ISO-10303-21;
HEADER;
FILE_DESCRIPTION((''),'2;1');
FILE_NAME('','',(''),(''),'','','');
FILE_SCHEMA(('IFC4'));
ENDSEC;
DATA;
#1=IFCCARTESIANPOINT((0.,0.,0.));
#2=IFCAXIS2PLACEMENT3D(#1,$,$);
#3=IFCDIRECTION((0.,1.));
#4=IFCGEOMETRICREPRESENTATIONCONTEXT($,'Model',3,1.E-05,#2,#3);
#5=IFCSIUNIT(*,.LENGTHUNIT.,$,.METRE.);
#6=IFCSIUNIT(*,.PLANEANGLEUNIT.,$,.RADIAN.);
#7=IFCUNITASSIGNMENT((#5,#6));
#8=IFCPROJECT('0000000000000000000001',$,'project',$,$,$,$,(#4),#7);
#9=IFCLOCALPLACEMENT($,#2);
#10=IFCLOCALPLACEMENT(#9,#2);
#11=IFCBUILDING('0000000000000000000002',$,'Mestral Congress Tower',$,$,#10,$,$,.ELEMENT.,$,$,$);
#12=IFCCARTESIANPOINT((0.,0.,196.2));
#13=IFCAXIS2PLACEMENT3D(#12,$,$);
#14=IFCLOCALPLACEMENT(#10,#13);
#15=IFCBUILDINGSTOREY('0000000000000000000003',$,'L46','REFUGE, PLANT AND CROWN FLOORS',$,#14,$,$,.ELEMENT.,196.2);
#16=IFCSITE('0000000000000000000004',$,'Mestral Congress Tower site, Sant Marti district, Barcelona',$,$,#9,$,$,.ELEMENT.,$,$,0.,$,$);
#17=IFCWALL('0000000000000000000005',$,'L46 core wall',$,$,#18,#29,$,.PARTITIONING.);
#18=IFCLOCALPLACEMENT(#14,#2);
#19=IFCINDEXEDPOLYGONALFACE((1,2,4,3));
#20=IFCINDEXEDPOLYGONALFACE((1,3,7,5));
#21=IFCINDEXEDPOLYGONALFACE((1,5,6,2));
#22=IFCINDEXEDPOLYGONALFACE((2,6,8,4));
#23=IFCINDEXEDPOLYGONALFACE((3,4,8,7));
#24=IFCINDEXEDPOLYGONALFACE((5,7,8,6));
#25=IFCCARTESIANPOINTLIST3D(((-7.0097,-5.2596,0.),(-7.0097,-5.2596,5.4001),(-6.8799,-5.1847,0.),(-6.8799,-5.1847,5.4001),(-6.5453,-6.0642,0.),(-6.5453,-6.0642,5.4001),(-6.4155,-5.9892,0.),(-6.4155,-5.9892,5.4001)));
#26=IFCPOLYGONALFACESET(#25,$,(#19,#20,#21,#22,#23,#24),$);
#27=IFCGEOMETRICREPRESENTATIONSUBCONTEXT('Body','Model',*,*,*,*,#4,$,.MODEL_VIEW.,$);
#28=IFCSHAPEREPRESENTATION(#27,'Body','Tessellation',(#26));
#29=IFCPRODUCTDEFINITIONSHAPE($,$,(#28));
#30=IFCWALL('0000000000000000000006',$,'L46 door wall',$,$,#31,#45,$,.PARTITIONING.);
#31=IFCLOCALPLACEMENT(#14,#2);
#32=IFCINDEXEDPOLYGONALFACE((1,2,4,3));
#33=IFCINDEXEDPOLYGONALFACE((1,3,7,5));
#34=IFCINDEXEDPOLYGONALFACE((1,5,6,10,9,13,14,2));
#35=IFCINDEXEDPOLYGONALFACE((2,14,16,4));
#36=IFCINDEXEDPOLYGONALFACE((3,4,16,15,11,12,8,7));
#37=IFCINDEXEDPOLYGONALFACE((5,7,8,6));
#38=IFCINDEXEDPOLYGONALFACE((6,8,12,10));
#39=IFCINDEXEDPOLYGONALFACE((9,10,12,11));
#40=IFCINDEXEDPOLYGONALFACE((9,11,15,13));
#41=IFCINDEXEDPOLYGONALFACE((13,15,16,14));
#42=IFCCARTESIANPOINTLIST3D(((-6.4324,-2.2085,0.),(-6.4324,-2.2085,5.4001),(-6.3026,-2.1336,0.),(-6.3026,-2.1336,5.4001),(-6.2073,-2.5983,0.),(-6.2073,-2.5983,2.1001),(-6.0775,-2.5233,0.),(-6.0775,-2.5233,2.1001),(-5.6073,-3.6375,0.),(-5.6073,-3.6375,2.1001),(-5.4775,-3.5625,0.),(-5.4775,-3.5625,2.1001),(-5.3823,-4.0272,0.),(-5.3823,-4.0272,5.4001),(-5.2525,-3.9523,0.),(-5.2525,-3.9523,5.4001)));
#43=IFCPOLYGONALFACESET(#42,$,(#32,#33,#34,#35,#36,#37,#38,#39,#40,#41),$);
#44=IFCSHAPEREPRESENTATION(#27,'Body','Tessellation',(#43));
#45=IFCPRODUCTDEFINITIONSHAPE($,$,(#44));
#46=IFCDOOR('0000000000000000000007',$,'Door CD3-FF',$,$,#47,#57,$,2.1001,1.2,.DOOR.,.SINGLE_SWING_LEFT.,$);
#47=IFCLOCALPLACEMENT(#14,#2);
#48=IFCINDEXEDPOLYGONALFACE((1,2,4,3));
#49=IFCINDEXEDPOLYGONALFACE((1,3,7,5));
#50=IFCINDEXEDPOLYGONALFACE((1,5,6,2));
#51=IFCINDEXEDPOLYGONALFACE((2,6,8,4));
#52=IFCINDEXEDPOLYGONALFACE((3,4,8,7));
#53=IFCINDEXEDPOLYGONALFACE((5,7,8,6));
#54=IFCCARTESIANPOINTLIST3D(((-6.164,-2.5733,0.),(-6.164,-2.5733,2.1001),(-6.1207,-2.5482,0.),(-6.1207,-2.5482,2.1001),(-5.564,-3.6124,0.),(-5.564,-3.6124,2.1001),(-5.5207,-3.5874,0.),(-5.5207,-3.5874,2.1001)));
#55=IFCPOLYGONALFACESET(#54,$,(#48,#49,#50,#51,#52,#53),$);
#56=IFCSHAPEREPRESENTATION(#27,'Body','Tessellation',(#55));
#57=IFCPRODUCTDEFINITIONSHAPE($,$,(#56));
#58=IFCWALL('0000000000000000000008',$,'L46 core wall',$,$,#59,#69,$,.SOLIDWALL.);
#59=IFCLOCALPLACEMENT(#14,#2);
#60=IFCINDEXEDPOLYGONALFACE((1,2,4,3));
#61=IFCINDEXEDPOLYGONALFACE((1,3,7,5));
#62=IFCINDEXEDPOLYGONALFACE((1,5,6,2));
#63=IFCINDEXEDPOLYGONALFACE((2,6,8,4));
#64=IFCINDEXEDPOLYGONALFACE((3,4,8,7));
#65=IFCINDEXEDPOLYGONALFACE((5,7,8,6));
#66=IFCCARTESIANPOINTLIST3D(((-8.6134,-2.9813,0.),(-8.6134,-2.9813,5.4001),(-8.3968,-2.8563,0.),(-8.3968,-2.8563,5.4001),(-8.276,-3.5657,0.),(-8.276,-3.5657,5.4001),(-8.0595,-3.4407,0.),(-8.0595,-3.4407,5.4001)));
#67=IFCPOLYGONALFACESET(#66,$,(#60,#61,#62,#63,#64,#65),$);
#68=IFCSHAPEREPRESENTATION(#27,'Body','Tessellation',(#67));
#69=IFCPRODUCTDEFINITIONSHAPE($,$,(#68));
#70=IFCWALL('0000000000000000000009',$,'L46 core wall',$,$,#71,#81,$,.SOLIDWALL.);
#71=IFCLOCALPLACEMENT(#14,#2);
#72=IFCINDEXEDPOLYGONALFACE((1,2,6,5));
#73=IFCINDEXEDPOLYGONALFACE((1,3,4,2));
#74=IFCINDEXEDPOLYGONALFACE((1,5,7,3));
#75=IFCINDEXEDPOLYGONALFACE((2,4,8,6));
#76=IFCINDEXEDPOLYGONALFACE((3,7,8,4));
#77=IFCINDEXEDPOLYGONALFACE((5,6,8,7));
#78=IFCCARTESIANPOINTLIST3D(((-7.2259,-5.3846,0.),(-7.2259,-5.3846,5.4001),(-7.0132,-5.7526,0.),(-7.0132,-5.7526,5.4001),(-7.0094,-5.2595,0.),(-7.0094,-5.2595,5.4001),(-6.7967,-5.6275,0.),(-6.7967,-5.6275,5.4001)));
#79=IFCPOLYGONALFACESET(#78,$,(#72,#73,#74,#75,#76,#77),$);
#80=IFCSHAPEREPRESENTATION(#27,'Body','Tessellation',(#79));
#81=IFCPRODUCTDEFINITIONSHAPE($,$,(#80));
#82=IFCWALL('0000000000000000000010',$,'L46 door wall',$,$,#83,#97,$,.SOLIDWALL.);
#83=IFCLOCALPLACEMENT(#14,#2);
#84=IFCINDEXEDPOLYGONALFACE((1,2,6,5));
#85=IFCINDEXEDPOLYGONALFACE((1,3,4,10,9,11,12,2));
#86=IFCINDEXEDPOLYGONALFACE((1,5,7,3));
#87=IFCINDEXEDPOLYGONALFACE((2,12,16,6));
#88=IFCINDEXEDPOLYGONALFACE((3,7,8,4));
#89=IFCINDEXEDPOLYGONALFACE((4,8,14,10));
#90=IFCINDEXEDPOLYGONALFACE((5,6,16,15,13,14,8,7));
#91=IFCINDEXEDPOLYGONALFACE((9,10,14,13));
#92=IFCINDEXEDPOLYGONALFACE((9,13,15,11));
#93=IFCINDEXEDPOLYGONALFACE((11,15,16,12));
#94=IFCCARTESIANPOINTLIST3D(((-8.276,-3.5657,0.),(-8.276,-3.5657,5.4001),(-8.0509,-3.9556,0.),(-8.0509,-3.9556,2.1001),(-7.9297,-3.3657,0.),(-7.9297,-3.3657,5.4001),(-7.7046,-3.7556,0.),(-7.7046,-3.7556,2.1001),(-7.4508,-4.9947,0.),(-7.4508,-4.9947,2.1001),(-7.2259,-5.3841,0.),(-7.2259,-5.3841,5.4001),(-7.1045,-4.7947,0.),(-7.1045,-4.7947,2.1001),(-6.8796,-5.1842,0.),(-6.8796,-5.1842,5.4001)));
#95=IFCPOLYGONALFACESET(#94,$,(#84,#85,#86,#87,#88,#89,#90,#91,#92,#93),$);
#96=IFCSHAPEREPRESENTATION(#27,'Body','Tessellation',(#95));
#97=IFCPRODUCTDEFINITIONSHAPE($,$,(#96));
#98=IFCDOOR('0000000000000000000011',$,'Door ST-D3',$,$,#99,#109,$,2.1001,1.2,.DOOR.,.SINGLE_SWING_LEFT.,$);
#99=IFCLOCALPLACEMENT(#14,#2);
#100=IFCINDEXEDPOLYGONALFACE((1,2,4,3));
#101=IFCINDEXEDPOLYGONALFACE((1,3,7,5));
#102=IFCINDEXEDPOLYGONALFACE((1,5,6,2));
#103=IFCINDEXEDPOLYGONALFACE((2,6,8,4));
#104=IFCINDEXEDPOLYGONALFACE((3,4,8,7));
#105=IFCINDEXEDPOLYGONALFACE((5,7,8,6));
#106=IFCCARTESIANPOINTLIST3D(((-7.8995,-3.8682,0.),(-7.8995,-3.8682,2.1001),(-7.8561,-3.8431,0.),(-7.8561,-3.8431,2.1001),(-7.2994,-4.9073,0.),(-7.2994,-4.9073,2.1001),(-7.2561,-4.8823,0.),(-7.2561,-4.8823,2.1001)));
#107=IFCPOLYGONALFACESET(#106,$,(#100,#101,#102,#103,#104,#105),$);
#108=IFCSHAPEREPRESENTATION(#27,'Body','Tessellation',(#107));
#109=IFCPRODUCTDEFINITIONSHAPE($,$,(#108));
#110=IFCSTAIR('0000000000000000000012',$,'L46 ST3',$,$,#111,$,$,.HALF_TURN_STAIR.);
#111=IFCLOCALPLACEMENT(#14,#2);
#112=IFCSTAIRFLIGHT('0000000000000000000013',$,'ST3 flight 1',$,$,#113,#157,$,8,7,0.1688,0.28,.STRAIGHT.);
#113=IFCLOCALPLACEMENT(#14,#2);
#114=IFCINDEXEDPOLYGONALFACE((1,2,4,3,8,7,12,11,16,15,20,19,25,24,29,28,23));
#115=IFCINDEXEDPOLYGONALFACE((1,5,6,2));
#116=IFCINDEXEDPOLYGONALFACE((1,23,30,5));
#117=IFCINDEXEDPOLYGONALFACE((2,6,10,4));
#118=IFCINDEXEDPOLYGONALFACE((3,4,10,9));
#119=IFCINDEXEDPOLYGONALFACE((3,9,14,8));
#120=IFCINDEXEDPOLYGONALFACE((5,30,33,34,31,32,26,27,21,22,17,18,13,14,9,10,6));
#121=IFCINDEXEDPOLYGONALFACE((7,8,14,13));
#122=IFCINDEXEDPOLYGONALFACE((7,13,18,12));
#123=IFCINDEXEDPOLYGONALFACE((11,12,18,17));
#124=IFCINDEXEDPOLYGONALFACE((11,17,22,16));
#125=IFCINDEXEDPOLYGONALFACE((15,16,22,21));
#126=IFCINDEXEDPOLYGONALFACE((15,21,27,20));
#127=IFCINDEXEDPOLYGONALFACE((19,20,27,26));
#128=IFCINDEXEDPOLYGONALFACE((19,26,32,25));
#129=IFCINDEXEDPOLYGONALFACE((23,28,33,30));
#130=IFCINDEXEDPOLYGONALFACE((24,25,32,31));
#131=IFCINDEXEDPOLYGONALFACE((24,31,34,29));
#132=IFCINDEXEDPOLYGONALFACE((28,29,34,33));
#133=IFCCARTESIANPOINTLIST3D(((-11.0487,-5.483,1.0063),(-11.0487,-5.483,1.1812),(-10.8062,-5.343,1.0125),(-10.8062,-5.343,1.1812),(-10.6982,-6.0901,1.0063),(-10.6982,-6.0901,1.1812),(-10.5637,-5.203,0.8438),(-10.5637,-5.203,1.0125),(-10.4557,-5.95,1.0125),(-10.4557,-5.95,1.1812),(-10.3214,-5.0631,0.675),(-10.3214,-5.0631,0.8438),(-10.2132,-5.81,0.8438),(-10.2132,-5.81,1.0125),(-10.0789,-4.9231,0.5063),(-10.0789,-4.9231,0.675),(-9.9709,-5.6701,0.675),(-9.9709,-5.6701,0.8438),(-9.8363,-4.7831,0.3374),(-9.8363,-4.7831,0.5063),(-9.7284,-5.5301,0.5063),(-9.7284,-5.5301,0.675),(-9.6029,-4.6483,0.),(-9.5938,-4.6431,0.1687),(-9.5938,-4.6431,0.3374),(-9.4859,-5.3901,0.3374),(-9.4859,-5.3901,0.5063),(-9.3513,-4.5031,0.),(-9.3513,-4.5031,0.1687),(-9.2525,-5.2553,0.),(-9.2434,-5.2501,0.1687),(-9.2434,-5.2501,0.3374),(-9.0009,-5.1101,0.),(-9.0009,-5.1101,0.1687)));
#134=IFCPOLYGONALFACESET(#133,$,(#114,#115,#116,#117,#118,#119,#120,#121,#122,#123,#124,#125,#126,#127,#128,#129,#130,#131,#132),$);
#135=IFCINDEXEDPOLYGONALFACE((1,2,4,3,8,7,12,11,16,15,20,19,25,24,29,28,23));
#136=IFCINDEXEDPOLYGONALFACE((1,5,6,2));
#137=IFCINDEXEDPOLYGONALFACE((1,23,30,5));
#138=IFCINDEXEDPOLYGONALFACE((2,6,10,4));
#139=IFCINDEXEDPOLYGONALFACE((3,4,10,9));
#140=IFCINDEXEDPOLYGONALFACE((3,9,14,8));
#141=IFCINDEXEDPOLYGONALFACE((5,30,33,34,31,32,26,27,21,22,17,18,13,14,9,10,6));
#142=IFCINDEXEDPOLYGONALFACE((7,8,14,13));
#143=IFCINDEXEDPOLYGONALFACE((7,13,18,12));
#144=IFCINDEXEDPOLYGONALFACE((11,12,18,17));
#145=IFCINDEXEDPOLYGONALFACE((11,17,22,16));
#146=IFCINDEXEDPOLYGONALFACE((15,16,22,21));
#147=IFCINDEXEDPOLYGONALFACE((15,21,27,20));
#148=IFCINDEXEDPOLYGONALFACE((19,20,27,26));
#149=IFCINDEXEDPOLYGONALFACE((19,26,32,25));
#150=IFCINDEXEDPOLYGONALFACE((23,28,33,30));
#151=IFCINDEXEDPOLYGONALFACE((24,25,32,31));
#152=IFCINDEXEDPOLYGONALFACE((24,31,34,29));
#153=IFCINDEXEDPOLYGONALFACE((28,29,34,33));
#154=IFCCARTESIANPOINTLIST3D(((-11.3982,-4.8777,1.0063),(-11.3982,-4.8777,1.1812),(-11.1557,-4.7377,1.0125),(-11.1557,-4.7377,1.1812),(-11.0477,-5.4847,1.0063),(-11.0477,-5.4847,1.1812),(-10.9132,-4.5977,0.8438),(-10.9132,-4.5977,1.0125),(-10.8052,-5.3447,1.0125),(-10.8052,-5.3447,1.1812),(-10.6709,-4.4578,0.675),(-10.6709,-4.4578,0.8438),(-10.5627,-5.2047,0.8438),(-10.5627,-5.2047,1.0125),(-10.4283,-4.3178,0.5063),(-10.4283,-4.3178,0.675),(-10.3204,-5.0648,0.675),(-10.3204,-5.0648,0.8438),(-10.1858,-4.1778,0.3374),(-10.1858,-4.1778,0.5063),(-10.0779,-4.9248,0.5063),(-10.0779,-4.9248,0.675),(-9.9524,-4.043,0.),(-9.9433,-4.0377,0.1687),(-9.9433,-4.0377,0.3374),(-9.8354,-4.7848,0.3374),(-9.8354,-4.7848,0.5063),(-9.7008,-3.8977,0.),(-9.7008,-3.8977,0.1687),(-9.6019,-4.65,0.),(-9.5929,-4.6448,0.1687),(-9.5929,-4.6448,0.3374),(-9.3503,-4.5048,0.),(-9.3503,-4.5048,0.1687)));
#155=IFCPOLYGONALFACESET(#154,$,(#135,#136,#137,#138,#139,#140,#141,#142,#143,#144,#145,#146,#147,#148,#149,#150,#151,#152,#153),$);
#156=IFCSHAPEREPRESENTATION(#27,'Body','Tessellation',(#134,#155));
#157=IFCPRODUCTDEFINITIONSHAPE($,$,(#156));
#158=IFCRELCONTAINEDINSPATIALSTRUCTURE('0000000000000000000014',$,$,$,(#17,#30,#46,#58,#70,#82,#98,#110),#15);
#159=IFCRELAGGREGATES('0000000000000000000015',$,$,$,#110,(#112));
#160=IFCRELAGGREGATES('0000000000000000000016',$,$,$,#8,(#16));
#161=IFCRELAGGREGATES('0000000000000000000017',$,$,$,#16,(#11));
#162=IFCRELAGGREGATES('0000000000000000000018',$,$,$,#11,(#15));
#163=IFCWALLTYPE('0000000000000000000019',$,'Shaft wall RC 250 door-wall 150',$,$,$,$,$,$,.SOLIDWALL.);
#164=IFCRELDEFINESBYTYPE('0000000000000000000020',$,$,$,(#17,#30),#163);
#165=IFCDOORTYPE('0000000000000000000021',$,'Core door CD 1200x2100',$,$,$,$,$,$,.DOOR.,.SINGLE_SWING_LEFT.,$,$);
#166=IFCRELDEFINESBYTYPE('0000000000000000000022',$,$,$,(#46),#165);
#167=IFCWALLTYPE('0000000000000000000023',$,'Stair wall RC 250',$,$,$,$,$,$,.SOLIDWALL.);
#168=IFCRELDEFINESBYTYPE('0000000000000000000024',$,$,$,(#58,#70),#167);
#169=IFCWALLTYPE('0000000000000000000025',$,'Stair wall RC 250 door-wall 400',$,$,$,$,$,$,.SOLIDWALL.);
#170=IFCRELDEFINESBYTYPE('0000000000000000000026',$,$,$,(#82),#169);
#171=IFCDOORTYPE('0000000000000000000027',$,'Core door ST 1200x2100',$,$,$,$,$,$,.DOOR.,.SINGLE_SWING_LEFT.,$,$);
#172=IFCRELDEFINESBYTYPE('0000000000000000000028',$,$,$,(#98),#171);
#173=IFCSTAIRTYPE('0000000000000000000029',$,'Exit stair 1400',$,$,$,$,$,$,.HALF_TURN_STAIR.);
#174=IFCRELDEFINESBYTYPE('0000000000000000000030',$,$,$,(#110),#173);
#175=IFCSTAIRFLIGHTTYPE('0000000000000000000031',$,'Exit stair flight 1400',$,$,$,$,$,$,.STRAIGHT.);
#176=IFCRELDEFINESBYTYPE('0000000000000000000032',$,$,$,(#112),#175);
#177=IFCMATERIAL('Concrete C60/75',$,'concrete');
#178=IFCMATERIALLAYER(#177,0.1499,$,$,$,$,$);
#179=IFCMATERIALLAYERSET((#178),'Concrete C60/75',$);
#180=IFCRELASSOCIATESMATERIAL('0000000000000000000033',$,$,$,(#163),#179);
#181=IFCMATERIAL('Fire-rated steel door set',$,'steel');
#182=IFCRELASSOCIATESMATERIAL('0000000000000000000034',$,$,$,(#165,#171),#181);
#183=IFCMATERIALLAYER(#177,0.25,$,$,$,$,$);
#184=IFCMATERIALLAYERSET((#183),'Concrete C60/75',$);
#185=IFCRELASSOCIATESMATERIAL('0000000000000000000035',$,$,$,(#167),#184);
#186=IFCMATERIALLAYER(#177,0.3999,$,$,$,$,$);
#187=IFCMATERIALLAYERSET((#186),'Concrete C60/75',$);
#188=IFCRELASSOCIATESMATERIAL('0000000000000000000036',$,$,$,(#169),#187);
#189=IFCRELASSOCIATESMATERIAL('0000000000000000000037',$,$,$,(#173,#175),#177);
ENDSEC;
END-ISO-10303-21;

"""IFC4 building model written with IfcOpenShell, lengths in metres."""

from ifc_helpers import new_model, si_unit, direction, frame, frame_2d, origin, place, context, subcontext, project, spatial, polyline, rectangle, outline, extrude, material, layer, layer_set, type_object, element, fill, aggregate, save


model = new_model("IFC4")

# Units and contexts
model_context = context("Model", 3, precision=1e-05, world=origin(), true_north=direction((0.0, 1.0)))
body_context = subcontext(model_context, "Body", "Model", "MODEL_VIEW")
ifc_project = project(units=[si_unit("LENGTHUNIT", "METRE"), si_unit("PLANEANGLEUNIT", "RADIAN")], contexts=[model_context])

# Site, building, storey
site_placement = place(None, origin())
site = spatial("IfcSite", under=ifc_project, at=site_placement, Name="Mestral Congress Tower site, Sant Marti district, Barcelona", CompositionType="ELEMENT", RefElevation=0.0)
building_placement = place(site_placement, origin())
building = spatial("IfcBuilding", under=site, at=building_placement, Name="Mestral Congress Tower", CompositionType="ELEMENT")
storey_placement = place(building_placement, frame((0.0, 0.0, 196.2)))
storey = spatial("IfcBuildingStorey", under=building, at=storey_placement, Name="L46", Description="REFUGE, PLANT AND CROWN FLOORS", CompositionType="ELEMENT", Elevation=196.2)

# Shared definitions
ifc_material_1 = material(Name="Concrete C60/75", Category="concrete")

# Shared definitions
ifc_material_2 = material(Name="Fire-rated steel door set", Category="steel")

# Wall
ifc_layer_1 = layer(ifc_material_1, 0.1499)
ifc_layer_set_1 = layer_set([ifc_layer_1], Name="Concrete C60/75")
wall_type_1 = type_object("IfcWallType", Name="Shaft wall RC 250 door-wall 150", PredefinedType="SOLIDWALL", material=ifc_layer_set_1)
wall_1_placement = place(storey_placement, frame((-6.4805, -6.0266, 0.0), z_axis=(0.0, 0.0, 1.0), x_axis=(-0.499927, 0.866067, 0.0)))
element("IfcWall", 1, at=wall_1_placement, inside=storey, type_object=wall_type_1, Name="L46 core wall", PredefinedType="PARTITIONING", context=body_context, shape_type="SweptSolid", body=[
    extrude(rectangle(XDim=0.929, YDim=0.1499, at=frame_2d((0.4644, 0.0))), origin(), (0.0, 0.0, 1.0), 5.4001),
])

# Wall, opening, door
wall_2_placement = place(storey_placement, frame((-5.3174, -3.9897, 0.0), z_axis=(0.0, 0.0, 1.0), x_axis=(-0.500028, 0.866009, 0.0)))
wall_2 = element("IfcWall", 2, at=wall_2_placement, inside=storey, type_object=wall_type_1, Name="L46 door wall", PredefinedType="PARTITIONING", context=body_context, shape_type="SweptSolid", body=[
    extrude(rectangle(XDim=2.1001, YDim=0.1499, at=frame_2d((1.05, 0.0))), origin(), (0.0, 0.0, 1.0), 5.4001),
])
opening_1_placement = place(wall_2_placement, frame((0.45, 0.0, 0.0)))
opening_1 = element("IfcOpeningElement", 3, at=opening_1_placement, cuts=wall_2, PredefinedType="OPENING", context=body_context, shape_type="SweptSolid", body=[
    extrude(rectangle(XDim=1.2, YDim=2.1001, at=frame_2d((0.6001, 1.05))), frame((0.0, 0.085, 0.0), z_axis=(0.0, -1.0, 0.0), x_axis=(1.0, 0.0, 0.0)), (0.0, 0.0, 1.0), 0.1699),
])
door_type_1 = type_object("IfcDoorType", Name="Core door CD 1200x2100", OperationType="SINGLE_SWING_LEFT", PredefinedType="DOOR", material=ifc_material_2)
door_1_placement = place(opening_1_placement, origin())
door_1 = element("IfcDoor", 4, at=door_1_placement, inside=storey, type_object=door_type_1, Name="Door CD3-FF", OperationType="SINGLE_SWING_LEFT", OverallHeight=2.1001, OverallWidth=1.2, PredefinedType="DOOR", context=body_context, shape_type="SweptSolid", body=[
    extrude(rectangle(XDim=1.2, YDim=2.1001, at=frame_2d((0.6001, 1.05))), frame((0.0, 0.0249, 0.0), z_axis=(0.0, -1.0, 0.0), x_axis=(1.0, 0.0, 0.0)), (0.0, 0.0, 1.0), 0.05),
])
fill(opening_1, door_1)

# Walls
ifc_layer_2 = layer(ifc_material_1, 0.25)
ifc_layer_set_2 = layer_set([ifc_layer_2], Name="Concrete C60/75")
wall_type_2 = type_object("IfcWallType", Name="Stair wall RC 250", PredefinedType="SOLIDWALL", material=ifc_layer_set_2)
wall_3_placement = place(storey_placement, frame((-8.1677, -3.5032, 0.0), z_axis=(0.0, 0.0, 1.0), x_axis=(-0.499952, 0.866053, 0.0)))
element("IfcWall", 5, at=wall_3_placement, inside=storey, type_object=wall_type_2, Name="L46 core wall", PredefinedType="SOLIDWALL", context=body_context, shape_type="SweptSolid", body=[
    extrude(rectangle(XDim=0.6748, YDim=0.25, at=frame_2d((0.3374, 0.0))), origin(), (0.0, 0.0, 1.0), 5.4001),
])
wall_4_placement = place(storey_placement, frame((-6.905, -5.6899, 0.0), z_axis=(0.0, 0.0, 1.0), x_axis=(-0.500402, 0.865793, 0.0)))
element("IfcWall", 6, at=wall_4_placement, inside=storey, type_object=wall_type_2, Name="L46 core wall", PredefinedType="SOLIDWALL", context=body_context, shape_type="SweptSolid", body=[
    extrude(rectangle(XDim=0.425, YDim=0.25, at=frame_2d((0.2124, 0.0))), origin(), (0.0, 0.0, 1.0), 5.4001),
])

# Wall, opening, door
ifc_layer_3 = layer(ifc_material_1, 0.3999)
ifc_layer_set_3 = layer_set([ifc_layer_3], Name="Concrete C60/75")
wall_type_3 = type_object("IfcWallType", Name="Stair wall RC 250 door-wall 400", PredefinedType="SOLIDWALL", material=ifc_layer_set_3)
wall_5_placement = place(storey_placement, frame((-8.1028, -3.4658, 0.0), z_axis=(0.0, 0.0, 1.0), x_axis=(0.500078, -0.86598, 0.0)))
wall_5 = element("IfcWall", 7, at=wall_5_placement, inside=storey, type_object=wall_type_3, Name="L46 door wall", PredefinedType="SOLIDWALL", context=body_context, shape_type="SweptSolid", body=[
    extrude(rectangle(XDim=2.0999, YDim=0.3999, at=frame_2d((1.0498, 0.0))), origin(), (0.0, 0.0, 1.0), 5.4001),
])
opening_2_placement = place(wall_5_placement, frame((0.45, 0.0, 0.0)))
opening_2 = element("IfcOpeningElement", 8, at=opening_2_placement, cuts=wall_5, PredefinedType="OPENING", context=body_context, shape_type="SweptSolid", body=[
    extrude(rectangle(XDim=1.2, YDim=2.1001, at=frame_2d((0.6001, 1.05))), frame((0.0, 0.21, 0.0), z_axis=(0.0, -1.0, 0.0), x_axis=(1.0, 0.0, 0.0)), (0.0, 0.0, 1.0), 0.4199),
])
door_type_2 = type_object("IfcDoorType", Name="Core door ST 1200x2100", OperationType="SINGLE_SWING_LEFT", PredefinedType="DOOR", material=ifc_material_2)
door_2_placement = place(opening_2_placement, origin())
door_2 = element("IfcDoor", 9, at=door_2_placement, inside=storey, type_object=door_type_2, Name="Door ST-D3", OperationType="SINGLE_SWING_LEFT", OverallHeight=2.1001, OverallWidth=1.2, PredefinedType="DOOR", context=body_context, shape_type="SweptSolid", body=[
    extrude(rectangle(XDim=1.2, YDim=2.1001, at=frame_2d((0.6001, 1.05))), frame((0.0, 0.0249, 0.0), z_axis=(0.0, -1.0, 0.0), x_axis=(1.0, 0.0, 0.0)), (0.0, 0.0, 1.0), 0.05),
])
fill(opening_2, door_2)

# Stair, stair flight
stair_type = type_object("IfcStairType", Name="Exit stair 1400", PredefinedType="HALF_TURN_STAIR", material=ifc_material_1)
stair_placement = place(storey_placement, origin())
stair = element("IfcStair", 10, at=stair_placement, inside=storey, type_object=stair_type, Name="L46 ST3", PredefinedType="HALF_TURN_STAIR")
stair_flight_type = type_object("IfcStairFlightType", Name="Exit stair flight 1400", PredefinedType="STRAIGHT", material=ifc_material_1)
stair_flight_1_placement = place(storey_placement, frame((-9.3508, -4.5039, 0.0), z_axis=(0.0, 0.0, 1.0), x_axis=(-0.866025, -0.5, 0.0)))
stair_flight_1 = element("IfcStairFlight", 11, at=stair_flight_1_placement, type_object=stair_flight_type, Name="ST3 flight 1", NumberOfRisers=8, NumberOfTreads=7, PredefinedType="STRAIGHT", RiserHeight=0.1688, TreadLength=0.28, context=body_context, shape_type="SweptSolid", body=[
    extrude(outline(polyline([(0.0, 0.0), (0.0, 0.1687), (0.28, 0.1687), (0.28, 0.3374), (0.5601, 0.3374), (0.5601, 0.5063), (0.8401, 0.5063), (0.8401, 0.675), (1.1201, 0.675), (1.1201, 0.8438), (1.3999, 0.8438), (1.3999, 1.0125), (1.6799, 1.0125), (1.6799, 1.1812), (1.96, 1.1812), (1.96, 1.3501), (1.96, 1.0063), (0.2905, 0.0), (0.0, 0.0)])), frame((0.0, 0.7, 0.0), z_axis=(0.0, -1.0, 0.0), x_axis=(1.0, 0.0, 0.0)), (0.0, 0.0, 1.0), 0.7009),
    extrude(outline(polyline([(0.0, 0.0), (0.0, 0.1687), (0.28, 0.1687), (0.28, 0.3374), (0.5601, 0.3374), (0.5601, 0.5063), (0.8401, 0.5063), (0.8401, 0.675), (1.1201, 0.675), (1.1201, 0.8438), (1.3999, 0.8438), (1.3999, 1.0125), (1.6799, 1.0125), (1.6799, 1.1812), (1.96, 1.1812), (1.96, 1.3501), (1.96, 1.0063), (0.2905, 0.0), (0.0, 0.0)])), frame((0.0, 0.001, 0.0), z_axis=(0.0, -1.0, 0.0), x_axis=(1.0, 0.0, 0.0)), (0.0, 0.0, 1.0), 0.7009),
])
aggregate(stair, [stair_flight_1])

save(model, "model.ifc")
